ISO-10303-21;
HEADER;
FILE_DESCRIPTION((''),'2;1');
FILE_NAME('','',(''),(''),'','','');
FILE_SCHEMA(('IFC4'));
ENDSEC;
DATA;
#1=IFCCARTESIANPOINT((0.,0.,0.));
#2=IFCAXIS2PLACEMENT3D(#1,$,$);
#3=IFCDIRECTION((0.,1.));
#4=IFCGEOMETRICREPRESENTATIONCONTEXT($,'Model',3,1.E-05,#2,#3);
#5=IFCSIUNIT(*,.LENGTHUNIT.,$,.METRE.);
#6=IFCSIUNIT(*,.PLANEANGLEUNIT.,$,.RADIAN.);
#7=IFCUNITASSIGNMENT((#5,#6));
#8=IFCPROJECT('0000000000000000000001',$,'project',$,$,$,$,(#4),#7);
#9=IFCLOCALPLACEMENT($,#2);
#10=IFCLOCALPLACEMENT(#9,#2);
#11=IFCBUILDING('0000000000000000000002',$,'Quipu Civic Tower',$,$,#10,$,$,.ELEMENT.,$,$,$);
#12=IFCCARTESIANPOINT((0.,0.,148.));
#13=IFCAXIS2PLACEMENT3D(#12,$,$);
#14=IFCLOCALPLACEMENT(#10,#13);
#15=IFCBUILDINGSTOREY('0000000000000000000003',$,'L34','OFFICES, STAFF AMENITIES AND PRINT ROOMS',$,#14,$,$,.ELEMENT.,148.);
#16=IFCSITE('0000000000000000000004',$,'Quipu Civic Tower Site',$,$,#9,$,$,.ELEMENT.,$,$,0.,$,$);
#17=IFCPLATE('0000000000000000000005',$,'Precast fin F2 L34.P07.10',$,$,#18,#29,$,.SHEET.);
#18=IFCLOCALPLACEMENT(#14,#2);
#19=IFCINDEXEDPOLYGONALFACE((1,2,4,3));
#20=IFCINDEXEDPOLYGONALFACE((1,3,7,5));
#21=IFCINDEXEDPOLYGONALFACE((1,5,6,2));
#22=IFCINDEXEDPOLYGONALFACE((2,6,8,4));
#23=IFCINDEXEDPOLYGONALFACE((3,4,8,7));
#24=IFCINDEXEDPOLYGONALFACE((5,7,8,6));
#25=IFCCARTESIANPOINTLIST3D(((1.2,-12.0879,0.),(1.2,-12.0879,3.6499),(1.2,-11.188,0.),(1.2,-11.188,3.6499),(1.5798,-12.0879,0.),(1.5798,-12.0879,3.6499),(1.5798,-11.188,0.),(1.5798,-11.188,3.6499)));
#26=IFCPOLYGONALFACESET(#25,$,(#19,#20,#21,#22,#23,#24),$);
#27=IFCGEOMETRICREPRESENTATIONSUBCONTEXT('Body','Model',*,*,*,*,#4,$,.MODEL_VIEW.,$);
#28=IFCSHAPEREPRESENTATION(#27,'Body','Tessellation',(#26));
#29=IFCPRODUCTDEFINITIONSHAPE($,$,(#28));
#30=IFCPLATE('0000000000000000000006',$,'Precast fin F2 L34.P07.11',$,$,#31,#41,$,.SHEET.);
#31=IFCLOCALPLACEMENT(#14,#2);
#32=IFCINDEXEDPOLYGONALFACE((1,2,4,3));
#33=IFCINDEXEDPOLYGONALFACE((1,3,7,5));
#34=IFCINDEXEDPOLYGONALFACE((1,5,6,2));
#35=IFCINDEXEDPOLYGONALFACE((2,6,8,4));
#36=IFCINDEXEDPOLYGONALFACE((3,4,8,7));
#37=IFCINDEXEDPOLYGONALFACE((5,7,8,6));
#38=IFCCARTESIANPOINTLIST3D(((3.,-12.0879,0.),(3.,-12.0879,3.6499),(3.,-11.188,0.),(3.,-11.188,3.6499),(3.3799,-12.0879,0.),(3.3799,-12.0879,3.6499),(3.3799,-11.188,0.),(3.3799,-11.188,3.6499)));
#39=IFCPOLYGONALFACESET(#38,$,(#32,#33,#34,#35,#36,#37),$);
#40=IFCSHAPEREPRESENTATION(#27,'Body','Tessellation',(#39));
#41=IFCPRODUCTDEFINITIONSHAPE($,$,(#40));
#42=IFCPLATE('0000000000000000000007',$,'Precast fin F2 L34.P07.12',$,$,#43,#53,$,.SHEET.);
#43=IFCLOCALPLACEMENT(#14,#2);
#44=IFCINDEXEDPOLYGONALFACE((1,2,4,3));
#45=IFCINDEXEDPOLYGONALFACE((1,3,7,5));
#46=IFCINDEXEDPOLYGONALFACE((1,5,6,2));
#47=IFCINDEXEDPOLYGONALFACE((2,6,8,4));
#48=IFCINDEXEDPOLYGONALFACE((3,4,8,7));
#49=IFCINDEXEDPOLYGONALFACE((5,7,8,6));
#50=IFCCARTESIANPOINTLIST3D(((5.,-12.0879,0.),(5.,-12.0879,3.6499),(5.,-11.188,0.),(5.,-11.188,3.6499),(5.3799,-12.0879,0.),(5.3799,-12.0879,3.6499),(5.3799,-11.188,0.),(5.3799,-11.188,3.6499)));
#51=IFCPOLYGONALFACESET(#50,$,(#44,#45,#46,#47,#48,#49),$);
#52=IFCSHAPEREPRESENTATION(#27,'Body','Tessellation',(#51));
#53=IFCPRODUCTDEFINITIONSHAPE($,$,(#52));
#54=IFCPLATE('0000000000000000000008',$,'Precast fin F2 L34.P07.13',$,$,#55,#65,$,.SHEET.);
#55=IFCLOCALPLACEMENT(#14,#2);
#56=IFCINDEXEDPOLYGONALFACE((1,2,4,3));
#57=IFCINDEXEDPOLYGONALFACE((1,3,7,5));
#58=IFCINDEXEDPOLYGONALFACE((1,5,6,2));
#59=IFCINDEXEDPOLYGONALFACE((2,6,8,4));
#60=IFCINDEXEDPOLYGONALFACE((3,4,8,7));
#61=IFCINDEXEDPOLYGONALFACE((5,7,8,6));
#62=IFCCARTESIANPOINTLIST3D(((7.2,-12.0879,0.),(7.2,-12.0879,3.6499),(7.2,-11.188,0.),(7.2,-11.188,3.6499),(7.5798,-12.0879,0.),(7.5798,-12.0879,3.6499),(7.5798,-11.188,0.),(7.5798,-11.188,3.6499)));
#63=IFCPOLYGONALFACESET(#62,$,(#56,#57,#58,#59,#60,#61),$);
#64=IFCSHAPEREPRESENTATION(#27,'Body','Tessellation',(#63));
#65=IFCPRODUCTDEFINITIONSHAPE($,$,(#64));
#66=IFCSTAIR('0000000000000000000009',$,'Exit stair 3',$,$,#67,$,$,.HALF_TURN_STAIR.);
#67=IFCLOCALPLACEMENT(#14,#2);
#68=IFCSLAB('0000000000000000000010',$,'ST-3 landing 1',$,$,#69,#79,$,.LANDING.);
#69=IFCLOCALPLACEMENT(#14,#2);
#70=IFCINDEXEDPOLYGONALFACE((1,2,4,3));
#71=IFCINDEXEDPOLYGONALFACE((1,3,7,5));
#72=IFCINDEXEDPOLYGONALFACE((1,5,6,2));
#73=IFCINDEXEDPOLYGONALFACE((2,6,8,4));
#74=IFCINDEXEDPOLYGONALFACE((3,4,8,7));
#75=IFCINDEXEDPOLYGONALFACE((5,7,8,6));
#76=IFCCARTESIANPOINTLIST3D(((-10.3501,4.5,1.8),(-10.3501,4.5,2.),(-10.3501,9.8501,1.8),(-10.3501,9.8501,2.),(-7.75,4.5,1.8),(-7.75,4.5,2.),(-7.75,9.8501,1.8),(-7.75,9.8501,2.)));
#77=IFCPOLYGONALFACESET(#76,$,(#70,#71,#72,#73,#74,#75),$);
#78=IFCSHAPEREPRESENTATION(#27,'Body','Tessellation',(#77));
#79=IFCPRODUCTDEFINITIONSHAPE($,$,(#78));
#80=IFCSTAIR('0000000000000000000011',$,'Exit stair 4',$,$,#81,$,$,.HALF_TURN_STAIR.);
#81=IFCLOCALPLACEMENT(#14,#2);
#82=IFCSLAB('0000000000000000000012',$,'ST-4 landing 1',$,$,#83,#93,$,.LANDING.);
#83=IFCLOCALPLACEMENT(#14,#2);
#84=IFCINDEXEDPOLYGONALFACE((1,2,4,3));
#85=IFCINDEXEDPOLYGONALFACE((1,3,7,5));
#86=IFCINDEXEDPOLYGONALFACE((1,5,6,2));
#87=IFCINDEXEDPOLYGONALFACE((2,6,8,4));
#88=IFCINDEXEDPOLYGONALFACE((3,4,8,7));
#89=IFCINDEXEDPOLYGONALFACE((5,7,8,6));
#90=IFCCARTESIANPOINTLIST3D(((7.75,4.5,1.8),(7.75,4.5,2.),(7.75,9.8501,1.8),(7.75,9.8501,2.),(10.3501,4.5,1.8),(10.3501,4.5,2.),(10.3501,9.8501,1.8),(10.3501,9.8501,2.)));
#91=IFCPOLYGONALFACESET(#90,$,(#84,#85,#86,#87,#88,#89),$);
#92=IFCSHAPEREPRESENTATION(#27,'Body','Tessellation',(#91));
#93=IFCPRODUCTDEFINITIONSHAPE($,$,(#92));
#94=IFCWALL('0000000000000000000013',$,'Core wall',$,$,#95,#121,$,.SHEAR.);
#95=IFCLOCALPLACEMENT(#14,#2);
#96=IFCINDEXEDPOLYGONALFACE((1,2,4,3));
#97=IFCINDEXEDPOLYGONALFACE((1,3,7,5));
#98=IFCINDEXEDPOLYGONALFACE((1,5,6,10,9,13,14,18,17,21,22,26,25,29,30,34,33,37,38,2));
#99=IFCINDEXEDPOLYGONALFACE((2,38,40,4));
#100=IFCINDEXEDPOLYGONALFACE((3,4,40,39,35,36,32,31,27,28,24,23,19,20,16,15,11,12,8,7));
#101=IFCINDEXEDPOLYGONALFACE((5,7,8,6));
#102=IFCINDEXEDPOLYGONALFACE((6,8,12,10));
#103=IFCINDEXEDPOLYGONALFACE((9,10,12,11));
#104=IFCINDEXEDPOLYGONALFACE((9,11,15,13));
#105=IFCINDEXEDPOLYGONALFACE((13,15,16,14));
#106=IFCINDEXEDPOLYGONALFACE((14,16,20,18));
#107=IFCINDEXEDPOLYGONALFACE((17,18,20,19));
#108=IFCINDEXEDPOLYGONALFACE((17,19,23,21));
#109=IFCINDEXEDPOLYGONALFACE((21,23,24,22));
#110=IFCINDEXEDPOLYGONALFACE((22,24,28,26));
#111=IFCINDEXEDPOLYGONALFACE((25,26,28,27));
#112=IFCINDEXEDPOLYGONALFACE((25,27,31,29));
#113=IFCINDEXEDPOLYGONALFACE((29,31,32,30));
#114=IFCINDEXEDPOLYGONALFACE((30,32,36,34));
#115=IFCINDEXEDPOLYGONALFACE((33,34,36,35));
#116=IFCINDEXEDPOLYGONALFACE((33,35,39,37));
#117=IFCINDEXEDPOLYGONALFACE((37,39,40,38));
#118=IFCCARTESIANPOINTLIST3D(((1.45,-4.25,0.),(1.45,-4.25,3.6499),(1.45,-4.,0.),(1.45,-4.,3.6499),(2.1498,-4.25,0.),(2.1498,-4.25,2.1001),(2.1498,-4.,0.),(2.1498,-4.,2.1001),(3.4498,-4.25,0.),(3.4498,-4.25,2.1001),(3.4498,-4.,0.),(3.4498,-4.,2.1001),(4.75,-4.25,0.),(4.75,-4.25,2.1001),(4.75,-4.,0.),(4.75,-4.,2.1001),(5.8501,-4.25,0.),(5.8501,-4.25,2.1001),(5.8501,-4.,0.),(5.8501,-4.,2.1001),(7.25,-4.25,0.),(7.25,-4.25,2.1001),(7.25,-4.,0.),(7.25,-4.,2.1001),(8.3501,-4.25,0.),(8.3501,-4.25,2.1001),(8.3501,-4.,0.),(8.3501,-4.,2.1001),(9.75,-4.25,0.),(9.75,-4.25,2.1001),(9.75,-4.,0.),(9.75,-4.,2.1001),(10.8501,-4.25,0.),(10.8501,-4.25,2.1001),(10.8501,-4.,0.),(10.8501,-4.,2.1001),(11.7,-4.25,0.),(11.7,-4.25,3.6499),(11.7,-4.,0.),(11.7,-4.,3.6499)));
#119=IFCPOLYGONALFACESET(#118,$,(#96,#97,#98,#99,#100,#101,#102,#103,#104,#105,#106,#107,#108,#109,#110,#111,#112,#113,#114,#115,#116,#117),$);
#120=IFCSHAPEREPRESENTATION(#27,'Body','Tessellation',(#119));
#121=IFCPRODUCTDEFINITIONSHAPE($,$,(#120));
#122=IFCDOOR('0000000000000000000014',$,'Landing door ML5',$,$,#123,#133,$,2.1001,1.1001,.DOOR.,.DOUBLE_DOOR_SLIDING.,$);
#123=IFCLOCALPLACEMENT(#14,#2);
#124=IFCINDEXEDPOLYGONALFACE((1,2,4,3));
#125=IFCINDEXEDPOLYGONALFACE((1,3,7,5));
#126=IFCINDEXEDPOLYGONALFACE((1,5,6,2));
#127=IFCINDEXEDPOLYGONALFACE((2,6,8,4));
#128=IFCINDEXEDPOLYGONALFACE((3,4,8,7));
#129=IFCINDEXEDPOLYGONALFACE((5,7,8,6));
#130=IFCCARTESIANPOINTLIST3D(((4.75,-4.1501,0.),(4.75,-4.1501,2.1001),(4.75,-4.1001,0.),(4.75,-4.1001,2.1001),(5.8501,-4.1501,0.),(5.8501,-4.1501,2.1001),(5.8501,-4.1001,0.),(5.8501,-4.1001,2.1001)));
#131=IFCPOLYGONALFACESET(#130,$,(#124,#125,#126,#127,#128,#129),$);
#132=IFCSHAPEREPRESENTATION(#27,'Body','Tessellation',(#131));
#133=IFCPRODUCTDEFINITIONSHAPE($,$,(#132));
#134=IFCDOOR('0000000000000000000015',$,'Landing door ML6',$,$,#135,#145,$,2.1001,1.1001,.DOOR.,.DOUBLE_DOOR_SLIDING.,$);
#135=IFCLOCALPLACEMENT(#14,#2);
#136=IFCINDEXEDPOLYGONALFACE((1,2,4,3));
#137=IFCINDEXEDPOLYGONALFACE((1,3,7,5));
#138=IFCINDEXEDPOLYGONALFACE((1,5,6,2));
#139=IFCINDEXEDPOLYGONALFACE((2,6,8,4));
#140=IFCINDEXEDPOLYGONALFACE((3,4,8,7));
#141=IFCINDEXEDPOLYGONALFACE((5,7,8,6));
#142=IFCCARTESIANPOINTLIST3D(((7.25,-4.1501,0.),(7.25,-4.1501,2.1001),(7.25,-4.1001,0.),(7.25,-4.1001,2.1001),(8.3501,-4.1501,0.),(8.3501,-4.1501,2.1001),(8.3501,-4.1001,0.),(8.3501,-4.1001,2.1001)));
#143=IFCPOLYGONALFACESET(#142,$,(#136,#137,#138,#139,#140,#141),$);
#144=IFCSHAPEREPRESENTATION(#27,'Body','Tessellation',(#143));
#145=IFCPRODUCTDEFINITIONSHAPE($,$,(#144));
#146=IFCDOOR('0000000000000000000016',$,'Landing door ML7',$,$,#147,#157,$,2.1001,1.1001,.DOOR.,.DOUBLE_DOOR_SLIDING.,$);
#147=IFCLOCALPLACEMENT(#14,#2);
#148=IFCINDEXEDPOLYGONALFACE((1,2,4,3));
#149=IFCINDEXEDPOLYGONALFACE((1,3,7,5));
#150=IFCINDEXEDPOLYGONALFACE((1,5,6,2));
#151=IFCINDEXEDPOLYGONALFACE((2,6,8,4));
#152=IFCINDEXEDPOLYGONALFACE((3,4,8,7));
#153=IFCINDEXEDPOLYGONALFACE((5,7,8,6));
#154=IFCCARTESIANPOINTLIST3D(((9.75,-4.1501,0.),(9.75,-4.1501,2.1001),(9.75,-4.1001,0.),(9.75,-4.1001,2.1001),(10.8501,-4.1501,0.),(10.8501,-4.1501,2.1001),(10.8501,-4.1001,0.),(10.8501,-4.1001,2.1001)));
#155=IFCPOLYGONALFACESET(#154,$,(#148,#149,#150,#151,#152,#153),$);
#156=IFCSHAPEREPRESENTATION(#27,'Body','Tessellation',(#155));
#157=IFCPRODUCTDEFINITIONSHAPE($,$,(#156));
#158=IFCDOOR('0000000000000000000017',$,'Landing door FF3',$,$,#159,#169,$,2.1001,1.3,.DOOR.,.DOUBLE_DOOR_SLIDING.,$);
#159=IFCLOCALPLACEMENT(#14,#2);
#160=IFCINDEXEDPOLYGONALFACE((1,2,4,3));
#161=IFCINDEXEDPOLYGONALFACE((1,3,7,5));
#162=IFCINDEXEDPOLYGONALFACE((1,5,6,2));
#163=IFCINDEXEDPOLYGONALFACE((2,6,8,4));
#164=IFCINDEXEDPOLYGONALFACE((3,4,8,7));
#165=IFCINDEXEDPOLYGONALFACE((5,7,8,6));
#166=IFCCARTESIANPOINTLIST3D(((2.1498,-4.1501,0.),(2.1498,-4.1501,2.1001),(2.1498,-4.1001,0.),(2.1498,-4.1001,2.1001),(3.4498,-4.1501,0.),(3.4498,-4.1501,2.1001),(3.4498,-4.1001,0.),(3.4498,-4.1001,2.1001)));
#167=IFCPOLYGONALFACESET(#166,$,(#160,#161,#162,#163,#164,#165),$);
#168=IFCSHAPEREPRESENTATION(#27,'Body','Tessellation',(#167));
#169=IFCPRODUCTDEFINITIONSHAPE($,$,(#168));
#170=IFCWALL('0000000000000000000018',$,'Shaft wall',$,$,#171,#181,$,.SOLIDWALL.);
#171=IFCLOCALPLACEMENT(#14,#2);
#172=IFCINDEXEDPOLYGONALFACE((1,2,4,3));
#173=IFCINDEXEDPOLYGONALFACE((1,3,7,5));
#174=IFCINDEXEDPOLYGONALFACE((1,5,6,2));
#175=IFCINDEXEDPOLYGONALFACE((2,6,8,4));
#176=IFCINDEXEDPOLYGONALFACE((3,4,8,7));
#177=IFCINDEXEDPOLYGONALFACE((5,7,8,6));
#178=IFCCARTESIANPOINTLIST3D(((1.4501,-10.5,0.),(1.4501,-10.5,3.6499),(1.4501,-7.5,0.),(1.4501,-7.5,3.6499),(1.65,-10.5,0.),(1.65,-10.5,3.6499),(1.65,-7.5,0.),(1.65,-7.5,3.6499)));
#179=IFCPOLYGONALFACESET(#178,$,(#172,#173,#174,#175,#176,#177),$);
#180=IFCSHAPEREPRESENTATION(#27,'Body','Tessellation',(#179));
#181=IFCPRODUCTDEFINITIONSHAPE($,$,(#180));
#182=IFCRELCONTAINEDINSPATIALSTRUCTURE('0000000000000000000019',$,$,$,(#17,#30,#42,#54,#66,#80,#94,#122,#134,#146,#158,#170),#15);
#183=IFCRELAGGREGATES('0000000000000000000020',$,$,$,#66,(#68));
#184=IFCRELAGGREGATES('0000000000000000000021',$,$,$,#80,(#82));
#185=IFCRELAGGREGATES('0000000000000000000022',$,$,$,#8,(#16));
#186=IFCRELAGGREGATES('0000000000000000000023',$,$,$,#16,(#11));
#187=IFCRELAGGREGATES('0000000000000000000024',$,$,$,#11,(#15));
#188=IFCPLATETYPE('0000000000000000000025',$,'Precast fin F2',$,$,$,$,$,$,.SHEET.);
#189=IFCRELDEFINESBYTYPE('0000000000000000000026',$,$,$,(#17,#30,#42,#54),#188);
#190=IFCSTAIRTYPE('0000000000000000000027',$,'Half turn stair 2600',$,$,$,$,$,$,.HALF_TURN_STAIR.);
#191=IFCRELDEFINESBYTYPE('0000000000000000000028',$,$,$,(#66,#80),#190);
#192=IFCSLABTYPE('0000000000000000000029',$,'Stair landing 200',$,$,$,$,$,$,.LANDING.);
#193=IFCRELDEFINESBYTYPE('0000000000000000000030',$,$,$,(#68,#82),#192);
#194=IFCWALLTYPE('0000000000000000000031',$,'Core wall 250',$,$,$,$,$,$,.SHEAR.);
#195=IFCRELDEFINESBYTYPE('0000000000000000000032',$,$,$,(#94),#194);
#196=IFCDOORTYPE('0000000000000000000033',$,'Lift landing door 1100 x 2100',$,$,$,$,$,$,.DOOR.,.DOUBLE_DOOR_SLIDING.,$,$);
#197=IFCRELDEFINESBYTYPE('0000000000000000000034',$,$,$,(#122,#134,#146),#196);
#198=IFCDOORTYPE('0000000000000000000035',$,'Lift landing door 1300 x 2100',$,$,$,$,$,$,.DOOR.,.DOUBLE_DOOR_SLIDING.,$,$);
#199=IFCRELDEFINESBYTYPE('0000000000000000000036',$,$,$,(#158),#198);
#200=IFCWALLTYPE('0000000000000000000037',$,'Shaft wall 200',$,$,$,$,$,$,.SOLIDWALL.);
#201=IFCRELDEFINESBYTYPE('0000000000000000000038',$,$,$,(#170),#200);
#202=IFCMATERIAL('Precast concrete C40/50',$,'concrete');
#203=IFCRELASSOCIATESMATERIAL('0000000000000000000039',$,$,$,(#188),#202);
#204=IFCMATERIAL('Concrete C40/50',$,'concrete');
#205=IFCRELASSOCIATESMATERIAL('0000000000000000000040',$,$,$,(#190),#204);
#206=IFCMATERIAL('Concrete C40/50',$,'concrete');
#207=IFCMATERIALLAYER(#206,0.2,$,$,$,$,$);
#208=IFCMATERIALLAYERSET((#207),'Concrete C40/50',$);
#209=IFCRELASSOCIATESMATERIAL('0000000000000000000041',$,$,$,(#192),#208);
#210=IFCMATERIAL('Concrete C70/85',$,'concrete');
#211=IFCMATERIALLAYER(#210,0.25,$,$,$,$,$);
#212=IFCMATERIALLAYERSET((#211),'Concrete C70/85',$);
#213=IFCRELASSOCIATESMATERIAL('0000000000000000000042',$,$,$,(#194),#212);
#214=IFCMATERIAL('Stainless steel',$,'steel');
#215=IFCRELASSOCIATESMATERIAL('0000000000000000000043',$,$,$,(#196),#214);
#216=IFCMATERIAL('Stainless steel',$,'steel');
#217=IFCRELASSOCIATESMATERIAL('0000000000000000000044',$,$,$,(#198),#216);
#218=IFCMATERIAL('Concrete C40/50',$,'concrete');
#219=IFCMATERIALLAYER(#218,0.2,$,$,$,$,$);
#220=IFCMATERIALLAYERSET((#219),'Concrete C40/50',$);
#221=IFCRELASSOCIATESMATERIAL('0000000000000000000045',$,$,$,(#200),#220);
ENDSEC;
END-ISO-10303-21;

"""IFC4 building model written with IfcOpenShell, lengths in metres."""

from ifc_helpers import new_model, si_unit, direction, frame, frame_2d, origin, origin_2d, place, context, subcontext, project, spatial, polyline, rectangle, outline, extrude, material, layer, layer_set, type_object, element, fill, aggregate, save


model = new_model("IFC4")

# Units and contexts
model_context = context("Model", 3, precision=1e-05, world=origin(), true_north=direction((0.0, 1.0)))
body_context = subcontext(model_context, "Body", "Model", "MODEL_VIEW")
ifc_project = project(units=[si_unit("LENGTHUNIT", "METRE"), si_unit("PLANEANGLEUNIT", "RADIAN")], contexts=[model_context])

# Site, building, storey
site_placement = place(None, origin())
site = spatial("IfcSite", under=ifc_project, at=site_placement, Name="Quipu Civic Tower Site", CompositionType="ELEMENT", RefElevation=0.0)
building_placement = place(site_placement, origin())
building = spatial("IfcBuilding", under=site, at=building_placement, Name="Quipu Civic Tower", CompositionType="ELEMENT")
storey_placement = place(building_placement, frame((0.0, 0.0, 148.0)))
storey = spatial("IfcBuildingStorey", under=building, at=storey_placement, Name="L34", Description="OFFICES, STAFF AMENITIES AND PRINT ROOMS", CompositionType="ELEMENT", Elevation=148.0)

# Plates
ifc_material_1 = material(Name="Precast concrete C40/50", Category="concrete")
plate_type = type_object("IfcPlateType", Name="Precast fin F2", PredefinedType="SHEET", material=ifc_material_1)
for number, where, z_axis, x_axis, name in (
    (1, (1.3899, -11.6379, 0.0), (0.0, 0.0, 1.0), (1.0, 0.0, 0.0), "Precast fin F2 L34.P07.10"),
    (2, (3.1899, -11.6379, 0.0), (0.0, 0.0, 1.0), (1.0, 0.0, 0.0), "Precast fin F2 L34.P07.11"),
    (3, (5.1899, -11.6379, 0.0), (0.0, 0.0, 1.0), (1.0, 0.0, 0.0), "Precast fin F2 L34.P07.12"),
    (4, (7.3899, -11.6379, 0.0), (0.0, 0.0, 1.0), (1.0, 0.0, 0.0), "Precast fin F2 L34.P07.13"),
):
    element("IfcPlate", number, at=place(storey_placement, frame(where, z_axis=z_axis, x_axis=x_axis)), inside=storey, type_object=plate_type, Name=name, PredefinedType="SHEET", context=body_context, shape_type="SweptSolid", body=[
        extrude(rectangle(XDim=0.3799, YDim=0.8999, at=origin_2d()), origin(), (0.0, 0.0, 1.0), 3.6499),
    ])

# Stairs, slabs
ifc_material_2 = material(Name="Concrete C40/50", Category="concrete")
stair_type = type_object("IfcStairType", Name="Half turn stair 2600", PredefinedType="HALF_TURN_STAIR", material=ifc_material_2)
stair_1_placement = place(storey_placement, origin())
stair_1 = element("IfcStair", 5, at=stair_1_placement, inside=storey, type_object=stair_type, Name="Exit stair 3", PredefinedType="HALF_TURN_STAIR")
ifc_material_3 = material(Name="Concrete C40/50", Category="concrete")
ifc_layer_1 = layer(ifc_material_3, 0.2)
ifc_layer_set_1 = layer_set([ifc_layer_1], Name="Concrete C40/50")
slab_type = type_object("IfcSlabType", Name="Stair landing 200", PredefinedType="LANDING", material=ifc_layer_set_1)
slab_1_placement = place(storey_placement, frame((0.0, 0.0, 1.8)))
slab_1 = element("IfcSlab", 6, at=slab_1_placement, type_object=slab_type, Name="ST-3 landing 1", PredefinedType="LANDING", context=body_context, shape_type="SweptSolid", body=[
    extrude(outline(polyline([(-10.3501, 4.5), (-7.75, 4.5), (-7.75, 9.8501), (-10.3501, 9.8501), (-10.3501, 4.5)])), origin(), (0.0, 0.0, 1.0), 0.2),
])
aggregate(stair_1, [slab_1])
stair_2_placement = place(storey_placement, origin())
stair_2 = element("IfcStair", 7, at=stair_2_placement, inside=storey, type_object=stair_type, Name="Exit stair 4", PredefinedType="HALF_TURN_STAIR")
slab_2_placement = place(storey_placement, frame((0.0, 0.0, 1.8)))
slab_2 = element("IfcSlab", 8, at=slab_2_placement, type_object=slab_type, Name="ST-4 landing 1", PredefinedType="LANDING", context=body_context, shape_type="SweptSolid", body=[
    extrude(outline(polyline([(10.3501, 9.8501), (7.75, 9.8501), (7.75, 4.5), (10.3501, 4.5), (10.3501, 9.8501)])), origin(), (0.0, 0.0, 1.0), 0.2),
])
aggregate(stair_2, [slab_2])

# Wall, openings, doors
ifc_material_4 = material(Name="Concrete C70/85", Category="concrete")
ifc_layer_2 = layer(ifc_material_4, 0.25)
ifc_layer_set_2 = layer_set([ifc_layer_2], Name="Concrete C70/85")
wall_type_1 = type_object("IfcWallType", Name="Core wall 250", PredefinedType="SHEAR", material=ifc_layer_set_2)
wall_placement = place(storey_placement, frame((1.45, -4.125, 0.0), z_axis=(0.0, 0.0, 1.0), x_axis=(1.0, 0.0, 0.0)))
wall = element("IfcWall", 9, at=wall_placement, inside=storey, type_object=wall_type_1, Name="Core wall", PredefinedType="SHEAR", context=body_context, shape_type="SweptSolid", body=[
    extrude(rectangle(XDim=10.25, YDim=0.25, at=frame_2d((5.125, 0.0))), origin(), (0.0, 0.0, 1.0), 3.6499),
])
opening_1_placement = place(wall_placement, frame((0.7, 0.0, 0.0)))
opening_1 = element("IfcOpeningElement", 10, at=opening_1_placement, cuts=wall, PredefinedType="OPENING", context=body_context, shape_type="SweptSolid", body=[
    extrude(rectangle(XDim=1.3, YDim=2.1001, at=frame_2d((0.6499, 1.05))), frame((0.0, 0.135, 0.0), z_axis=(0.0, -1.0, 0.0), x_axis=(1.0, 0.0, 0.0)), (0.0, 0.0, 1.0), 0.27),
])
opening_2_placement = place(wall_placement, frame((3.3, 0.0, 0.0)))
opening_2 = element("IfcOpeningElement", 11, at=opening_2_placement, cuts=wall, PredefinedType="OPENING", context=body_context, shape_type="SweptSolid", body=[
    extrude(rectangle(XDim=1.1001, YDim=2.1001, at=frame_2d((0.55, 1.05))), frame((0.0, 0.135, 0.0), z_axis=(0.0, -1.0, 0.0), x_axis=(1.0, 0.0, 0.0)), (0.0, 0.0, 1.0), 0.27),
])
opening_3_placement = place(wall_placement, frame((5.8, 0.0, 0.0)))
opening_3 = element("IfcOpeningElement", 12, at=opening_3_placement, cuts=wall, PredefinedType="OPENING", context=body_context, shape_type="SweptSolid", body=[
    extrude(rectangle(XDim=1.1001, YDim=2.1001, at=frame_2d((0.55, 1.05))), frame((0.0, 0.135, 0.0), z_axis=(0.0, -1.0, 0.0), x_axis=(1.0, 0.0, 0.0)), (0.0, 0.0, 1.0), 0.27),
])
opening_4_placement = place(wall_placement, frame((8.3, 0.0, 0.0)))
opening_4 = element("IfcOpeningElement", 13, at=opening_4_placement, cuts=wall, PredefinedType="OPENING", context=body_context, shape_type="SweptSolid", body=[
    extrude(rectangle(XDim=1.1001, YDim=2.1001, at=frame_2d((0.55, 1.05))), frame((0.0, 0.135, 0.0), z_axis=(0.0, -1.0, 0.0), x_axis=(1.0, 0.0, 0.0)), (0.0, 0.0, 1.0), 0.27),
])
ifc_material_5 = material(Name="Stainless steel", Category="steel")
door_type_1 = type_object("IfcDoorType", Name="Lift landing door 1100 x 2100", OperationType="DOUBLE_DOOR_SLIDING", PredefinedType="DOOR", material=ifc_material_5)
door_1_placement = place(opening_2_placement, origin())
door_1 = element("IfcDoor", 14, at=door_1_placement, inside=storey, type_object=door_type_1, Name="Landing door ML5", OperationType="DOUBLE_DOOR_SLIDING", OverallHeight=2.1001, OverallWidth=1.1001, PredefinedType="DOOR", context=body_context, shape_type="SweptSolid", body=[
    extrude(rectangle(XDim=1.1001, YDim=2.1001, at=frame_2d((0.55, 1.05))), frame((0.0, 0.0249, 0.0), z_axis=(0.0, -1.0, 0.0), x_axis=(1.0, 0.0, 0.0)), (0.0, 0.0, 1.0), 0.05),
])
fill(opening_2, door_1)
door_2_placement = place(opening_3_placement, origin())
door_2 = element("IfcDoor", 15, at=door_2_placement, inside=storey, type_object=door_type_1, Name="Landing door ML6", OperationType="DOUBLE_DOOR_SLIDING", OverallHeight=2.1001, OverallWidth=1.1001, PredefinedType="DOOR", context=body_context, shape_type="SweptSolid", body=[
    extrude(rectangle(XDim=1.1001, YDim=2.1001, at=frame_2d((0.55, 1.05))), frame((0.0, 0.0249, 0.0), z_axis=(0.0, -1.0, 0.0), x_axis=(1.0, 0.0, 0.0)), (0.0, 0.0, 1.0), 0.05),
])
fill(opening_3, door_2)
door_3_placement = place(opening_4_placement, origin())
door_3 = element("IfcDoor", 16, at=door_3_placement, inside=storey, type_object=door_type_1, Name="Landing door ML7", OperationType="DOUBLE_DOOR_SLIDING", OverallHeight=2.1001, OverallWidth=1.1001, PredefinedType="DOOR", context=body_context, shape_type="SweptSolid", body=[
    extrude(rectangle(XDim=1.1001, YDim=2.1001, at=frame_2d((0.55, 1.05))), frame((0.0, 0.0249, 0.0), z_axis=(0.0, -1.0, 0.0), x_axis=(1.0, 0.0, 0.0)), (0.0, 0.0, 1.0), 0.05),
])
fill(opening_4, door_3)
ifc_material_6 = material(Name="Stainless steel", Category="steel")
door_type_2 = type_object("IfcDoorType", Name="Lift landing door 1300 x 2100", OperationType="DOUBLE_DOOR_SLIDING", PredefinedType="DOOR", material=ifc_material_6)
door_4_placement = place(opening_1_placement, origin())
door_4 = element("IfcDoor", 17, at=door_4_placement, inside=storey, type_object=door_type_2, Name="Landing door FF3", OperationType="DOUBLE_DOOR_SLIDING", OverallHeight=2.1001, OverallWidth=1.3, PredefinedType="DOOR", context=body_context, shape_type="SweptSolid", body=[
    extrude(rectangle(XDim=1.3, YDim=2.1001, at=frame_2d((0.6499, 1.05))), frame((0.0, 0.0249, 0.0), z_axis=(0.0, -1.0, 0.0), x_axis=(1.0, 0.0, 0.0)), (0.0, 0.0, 1.0), 0.05),
])
fill(opening_1, door_4)

# Wall
ifc_material_7 = material(Name="Concrete C40/50", Category="concrete")
ifc_layer_3 = layer(ifc_material_7, 0.2)
ifc_layer_set_3 = layer_set([ifc_layer_3], Name="Concrete C40/50")
wall_type_2 = type_object("IfcWallType", Name="Shaft wall 200", PredefinedType="SOLIDWALL", material=ifc_layer_set_3)
for number, where, z_axis, x_axis, name in (
    (18, (1.55, -10.5, 0.0), (0.0, 0.0, 1.0), (0.0, 1.0, 0.0), "Shaft wall"),
):
    element("IfcWall", number, at=place(storey_placement, frame(where, z_axis=z_axis, x_axis=x_axis)), inside=storey, type_object=wall_type_2, Name=name, PredefinedType="SOLIDWALL", context=body_context, shape_type="SweptSolid", body=[
        extrude(rectangle(XDim=3.0, YDim=0.2, at=frame_2d((1.5, 0.0))), origin(), (0.0, 0.0, 1.0), 3.6499),
    ])

save(model, "model.ifc")
